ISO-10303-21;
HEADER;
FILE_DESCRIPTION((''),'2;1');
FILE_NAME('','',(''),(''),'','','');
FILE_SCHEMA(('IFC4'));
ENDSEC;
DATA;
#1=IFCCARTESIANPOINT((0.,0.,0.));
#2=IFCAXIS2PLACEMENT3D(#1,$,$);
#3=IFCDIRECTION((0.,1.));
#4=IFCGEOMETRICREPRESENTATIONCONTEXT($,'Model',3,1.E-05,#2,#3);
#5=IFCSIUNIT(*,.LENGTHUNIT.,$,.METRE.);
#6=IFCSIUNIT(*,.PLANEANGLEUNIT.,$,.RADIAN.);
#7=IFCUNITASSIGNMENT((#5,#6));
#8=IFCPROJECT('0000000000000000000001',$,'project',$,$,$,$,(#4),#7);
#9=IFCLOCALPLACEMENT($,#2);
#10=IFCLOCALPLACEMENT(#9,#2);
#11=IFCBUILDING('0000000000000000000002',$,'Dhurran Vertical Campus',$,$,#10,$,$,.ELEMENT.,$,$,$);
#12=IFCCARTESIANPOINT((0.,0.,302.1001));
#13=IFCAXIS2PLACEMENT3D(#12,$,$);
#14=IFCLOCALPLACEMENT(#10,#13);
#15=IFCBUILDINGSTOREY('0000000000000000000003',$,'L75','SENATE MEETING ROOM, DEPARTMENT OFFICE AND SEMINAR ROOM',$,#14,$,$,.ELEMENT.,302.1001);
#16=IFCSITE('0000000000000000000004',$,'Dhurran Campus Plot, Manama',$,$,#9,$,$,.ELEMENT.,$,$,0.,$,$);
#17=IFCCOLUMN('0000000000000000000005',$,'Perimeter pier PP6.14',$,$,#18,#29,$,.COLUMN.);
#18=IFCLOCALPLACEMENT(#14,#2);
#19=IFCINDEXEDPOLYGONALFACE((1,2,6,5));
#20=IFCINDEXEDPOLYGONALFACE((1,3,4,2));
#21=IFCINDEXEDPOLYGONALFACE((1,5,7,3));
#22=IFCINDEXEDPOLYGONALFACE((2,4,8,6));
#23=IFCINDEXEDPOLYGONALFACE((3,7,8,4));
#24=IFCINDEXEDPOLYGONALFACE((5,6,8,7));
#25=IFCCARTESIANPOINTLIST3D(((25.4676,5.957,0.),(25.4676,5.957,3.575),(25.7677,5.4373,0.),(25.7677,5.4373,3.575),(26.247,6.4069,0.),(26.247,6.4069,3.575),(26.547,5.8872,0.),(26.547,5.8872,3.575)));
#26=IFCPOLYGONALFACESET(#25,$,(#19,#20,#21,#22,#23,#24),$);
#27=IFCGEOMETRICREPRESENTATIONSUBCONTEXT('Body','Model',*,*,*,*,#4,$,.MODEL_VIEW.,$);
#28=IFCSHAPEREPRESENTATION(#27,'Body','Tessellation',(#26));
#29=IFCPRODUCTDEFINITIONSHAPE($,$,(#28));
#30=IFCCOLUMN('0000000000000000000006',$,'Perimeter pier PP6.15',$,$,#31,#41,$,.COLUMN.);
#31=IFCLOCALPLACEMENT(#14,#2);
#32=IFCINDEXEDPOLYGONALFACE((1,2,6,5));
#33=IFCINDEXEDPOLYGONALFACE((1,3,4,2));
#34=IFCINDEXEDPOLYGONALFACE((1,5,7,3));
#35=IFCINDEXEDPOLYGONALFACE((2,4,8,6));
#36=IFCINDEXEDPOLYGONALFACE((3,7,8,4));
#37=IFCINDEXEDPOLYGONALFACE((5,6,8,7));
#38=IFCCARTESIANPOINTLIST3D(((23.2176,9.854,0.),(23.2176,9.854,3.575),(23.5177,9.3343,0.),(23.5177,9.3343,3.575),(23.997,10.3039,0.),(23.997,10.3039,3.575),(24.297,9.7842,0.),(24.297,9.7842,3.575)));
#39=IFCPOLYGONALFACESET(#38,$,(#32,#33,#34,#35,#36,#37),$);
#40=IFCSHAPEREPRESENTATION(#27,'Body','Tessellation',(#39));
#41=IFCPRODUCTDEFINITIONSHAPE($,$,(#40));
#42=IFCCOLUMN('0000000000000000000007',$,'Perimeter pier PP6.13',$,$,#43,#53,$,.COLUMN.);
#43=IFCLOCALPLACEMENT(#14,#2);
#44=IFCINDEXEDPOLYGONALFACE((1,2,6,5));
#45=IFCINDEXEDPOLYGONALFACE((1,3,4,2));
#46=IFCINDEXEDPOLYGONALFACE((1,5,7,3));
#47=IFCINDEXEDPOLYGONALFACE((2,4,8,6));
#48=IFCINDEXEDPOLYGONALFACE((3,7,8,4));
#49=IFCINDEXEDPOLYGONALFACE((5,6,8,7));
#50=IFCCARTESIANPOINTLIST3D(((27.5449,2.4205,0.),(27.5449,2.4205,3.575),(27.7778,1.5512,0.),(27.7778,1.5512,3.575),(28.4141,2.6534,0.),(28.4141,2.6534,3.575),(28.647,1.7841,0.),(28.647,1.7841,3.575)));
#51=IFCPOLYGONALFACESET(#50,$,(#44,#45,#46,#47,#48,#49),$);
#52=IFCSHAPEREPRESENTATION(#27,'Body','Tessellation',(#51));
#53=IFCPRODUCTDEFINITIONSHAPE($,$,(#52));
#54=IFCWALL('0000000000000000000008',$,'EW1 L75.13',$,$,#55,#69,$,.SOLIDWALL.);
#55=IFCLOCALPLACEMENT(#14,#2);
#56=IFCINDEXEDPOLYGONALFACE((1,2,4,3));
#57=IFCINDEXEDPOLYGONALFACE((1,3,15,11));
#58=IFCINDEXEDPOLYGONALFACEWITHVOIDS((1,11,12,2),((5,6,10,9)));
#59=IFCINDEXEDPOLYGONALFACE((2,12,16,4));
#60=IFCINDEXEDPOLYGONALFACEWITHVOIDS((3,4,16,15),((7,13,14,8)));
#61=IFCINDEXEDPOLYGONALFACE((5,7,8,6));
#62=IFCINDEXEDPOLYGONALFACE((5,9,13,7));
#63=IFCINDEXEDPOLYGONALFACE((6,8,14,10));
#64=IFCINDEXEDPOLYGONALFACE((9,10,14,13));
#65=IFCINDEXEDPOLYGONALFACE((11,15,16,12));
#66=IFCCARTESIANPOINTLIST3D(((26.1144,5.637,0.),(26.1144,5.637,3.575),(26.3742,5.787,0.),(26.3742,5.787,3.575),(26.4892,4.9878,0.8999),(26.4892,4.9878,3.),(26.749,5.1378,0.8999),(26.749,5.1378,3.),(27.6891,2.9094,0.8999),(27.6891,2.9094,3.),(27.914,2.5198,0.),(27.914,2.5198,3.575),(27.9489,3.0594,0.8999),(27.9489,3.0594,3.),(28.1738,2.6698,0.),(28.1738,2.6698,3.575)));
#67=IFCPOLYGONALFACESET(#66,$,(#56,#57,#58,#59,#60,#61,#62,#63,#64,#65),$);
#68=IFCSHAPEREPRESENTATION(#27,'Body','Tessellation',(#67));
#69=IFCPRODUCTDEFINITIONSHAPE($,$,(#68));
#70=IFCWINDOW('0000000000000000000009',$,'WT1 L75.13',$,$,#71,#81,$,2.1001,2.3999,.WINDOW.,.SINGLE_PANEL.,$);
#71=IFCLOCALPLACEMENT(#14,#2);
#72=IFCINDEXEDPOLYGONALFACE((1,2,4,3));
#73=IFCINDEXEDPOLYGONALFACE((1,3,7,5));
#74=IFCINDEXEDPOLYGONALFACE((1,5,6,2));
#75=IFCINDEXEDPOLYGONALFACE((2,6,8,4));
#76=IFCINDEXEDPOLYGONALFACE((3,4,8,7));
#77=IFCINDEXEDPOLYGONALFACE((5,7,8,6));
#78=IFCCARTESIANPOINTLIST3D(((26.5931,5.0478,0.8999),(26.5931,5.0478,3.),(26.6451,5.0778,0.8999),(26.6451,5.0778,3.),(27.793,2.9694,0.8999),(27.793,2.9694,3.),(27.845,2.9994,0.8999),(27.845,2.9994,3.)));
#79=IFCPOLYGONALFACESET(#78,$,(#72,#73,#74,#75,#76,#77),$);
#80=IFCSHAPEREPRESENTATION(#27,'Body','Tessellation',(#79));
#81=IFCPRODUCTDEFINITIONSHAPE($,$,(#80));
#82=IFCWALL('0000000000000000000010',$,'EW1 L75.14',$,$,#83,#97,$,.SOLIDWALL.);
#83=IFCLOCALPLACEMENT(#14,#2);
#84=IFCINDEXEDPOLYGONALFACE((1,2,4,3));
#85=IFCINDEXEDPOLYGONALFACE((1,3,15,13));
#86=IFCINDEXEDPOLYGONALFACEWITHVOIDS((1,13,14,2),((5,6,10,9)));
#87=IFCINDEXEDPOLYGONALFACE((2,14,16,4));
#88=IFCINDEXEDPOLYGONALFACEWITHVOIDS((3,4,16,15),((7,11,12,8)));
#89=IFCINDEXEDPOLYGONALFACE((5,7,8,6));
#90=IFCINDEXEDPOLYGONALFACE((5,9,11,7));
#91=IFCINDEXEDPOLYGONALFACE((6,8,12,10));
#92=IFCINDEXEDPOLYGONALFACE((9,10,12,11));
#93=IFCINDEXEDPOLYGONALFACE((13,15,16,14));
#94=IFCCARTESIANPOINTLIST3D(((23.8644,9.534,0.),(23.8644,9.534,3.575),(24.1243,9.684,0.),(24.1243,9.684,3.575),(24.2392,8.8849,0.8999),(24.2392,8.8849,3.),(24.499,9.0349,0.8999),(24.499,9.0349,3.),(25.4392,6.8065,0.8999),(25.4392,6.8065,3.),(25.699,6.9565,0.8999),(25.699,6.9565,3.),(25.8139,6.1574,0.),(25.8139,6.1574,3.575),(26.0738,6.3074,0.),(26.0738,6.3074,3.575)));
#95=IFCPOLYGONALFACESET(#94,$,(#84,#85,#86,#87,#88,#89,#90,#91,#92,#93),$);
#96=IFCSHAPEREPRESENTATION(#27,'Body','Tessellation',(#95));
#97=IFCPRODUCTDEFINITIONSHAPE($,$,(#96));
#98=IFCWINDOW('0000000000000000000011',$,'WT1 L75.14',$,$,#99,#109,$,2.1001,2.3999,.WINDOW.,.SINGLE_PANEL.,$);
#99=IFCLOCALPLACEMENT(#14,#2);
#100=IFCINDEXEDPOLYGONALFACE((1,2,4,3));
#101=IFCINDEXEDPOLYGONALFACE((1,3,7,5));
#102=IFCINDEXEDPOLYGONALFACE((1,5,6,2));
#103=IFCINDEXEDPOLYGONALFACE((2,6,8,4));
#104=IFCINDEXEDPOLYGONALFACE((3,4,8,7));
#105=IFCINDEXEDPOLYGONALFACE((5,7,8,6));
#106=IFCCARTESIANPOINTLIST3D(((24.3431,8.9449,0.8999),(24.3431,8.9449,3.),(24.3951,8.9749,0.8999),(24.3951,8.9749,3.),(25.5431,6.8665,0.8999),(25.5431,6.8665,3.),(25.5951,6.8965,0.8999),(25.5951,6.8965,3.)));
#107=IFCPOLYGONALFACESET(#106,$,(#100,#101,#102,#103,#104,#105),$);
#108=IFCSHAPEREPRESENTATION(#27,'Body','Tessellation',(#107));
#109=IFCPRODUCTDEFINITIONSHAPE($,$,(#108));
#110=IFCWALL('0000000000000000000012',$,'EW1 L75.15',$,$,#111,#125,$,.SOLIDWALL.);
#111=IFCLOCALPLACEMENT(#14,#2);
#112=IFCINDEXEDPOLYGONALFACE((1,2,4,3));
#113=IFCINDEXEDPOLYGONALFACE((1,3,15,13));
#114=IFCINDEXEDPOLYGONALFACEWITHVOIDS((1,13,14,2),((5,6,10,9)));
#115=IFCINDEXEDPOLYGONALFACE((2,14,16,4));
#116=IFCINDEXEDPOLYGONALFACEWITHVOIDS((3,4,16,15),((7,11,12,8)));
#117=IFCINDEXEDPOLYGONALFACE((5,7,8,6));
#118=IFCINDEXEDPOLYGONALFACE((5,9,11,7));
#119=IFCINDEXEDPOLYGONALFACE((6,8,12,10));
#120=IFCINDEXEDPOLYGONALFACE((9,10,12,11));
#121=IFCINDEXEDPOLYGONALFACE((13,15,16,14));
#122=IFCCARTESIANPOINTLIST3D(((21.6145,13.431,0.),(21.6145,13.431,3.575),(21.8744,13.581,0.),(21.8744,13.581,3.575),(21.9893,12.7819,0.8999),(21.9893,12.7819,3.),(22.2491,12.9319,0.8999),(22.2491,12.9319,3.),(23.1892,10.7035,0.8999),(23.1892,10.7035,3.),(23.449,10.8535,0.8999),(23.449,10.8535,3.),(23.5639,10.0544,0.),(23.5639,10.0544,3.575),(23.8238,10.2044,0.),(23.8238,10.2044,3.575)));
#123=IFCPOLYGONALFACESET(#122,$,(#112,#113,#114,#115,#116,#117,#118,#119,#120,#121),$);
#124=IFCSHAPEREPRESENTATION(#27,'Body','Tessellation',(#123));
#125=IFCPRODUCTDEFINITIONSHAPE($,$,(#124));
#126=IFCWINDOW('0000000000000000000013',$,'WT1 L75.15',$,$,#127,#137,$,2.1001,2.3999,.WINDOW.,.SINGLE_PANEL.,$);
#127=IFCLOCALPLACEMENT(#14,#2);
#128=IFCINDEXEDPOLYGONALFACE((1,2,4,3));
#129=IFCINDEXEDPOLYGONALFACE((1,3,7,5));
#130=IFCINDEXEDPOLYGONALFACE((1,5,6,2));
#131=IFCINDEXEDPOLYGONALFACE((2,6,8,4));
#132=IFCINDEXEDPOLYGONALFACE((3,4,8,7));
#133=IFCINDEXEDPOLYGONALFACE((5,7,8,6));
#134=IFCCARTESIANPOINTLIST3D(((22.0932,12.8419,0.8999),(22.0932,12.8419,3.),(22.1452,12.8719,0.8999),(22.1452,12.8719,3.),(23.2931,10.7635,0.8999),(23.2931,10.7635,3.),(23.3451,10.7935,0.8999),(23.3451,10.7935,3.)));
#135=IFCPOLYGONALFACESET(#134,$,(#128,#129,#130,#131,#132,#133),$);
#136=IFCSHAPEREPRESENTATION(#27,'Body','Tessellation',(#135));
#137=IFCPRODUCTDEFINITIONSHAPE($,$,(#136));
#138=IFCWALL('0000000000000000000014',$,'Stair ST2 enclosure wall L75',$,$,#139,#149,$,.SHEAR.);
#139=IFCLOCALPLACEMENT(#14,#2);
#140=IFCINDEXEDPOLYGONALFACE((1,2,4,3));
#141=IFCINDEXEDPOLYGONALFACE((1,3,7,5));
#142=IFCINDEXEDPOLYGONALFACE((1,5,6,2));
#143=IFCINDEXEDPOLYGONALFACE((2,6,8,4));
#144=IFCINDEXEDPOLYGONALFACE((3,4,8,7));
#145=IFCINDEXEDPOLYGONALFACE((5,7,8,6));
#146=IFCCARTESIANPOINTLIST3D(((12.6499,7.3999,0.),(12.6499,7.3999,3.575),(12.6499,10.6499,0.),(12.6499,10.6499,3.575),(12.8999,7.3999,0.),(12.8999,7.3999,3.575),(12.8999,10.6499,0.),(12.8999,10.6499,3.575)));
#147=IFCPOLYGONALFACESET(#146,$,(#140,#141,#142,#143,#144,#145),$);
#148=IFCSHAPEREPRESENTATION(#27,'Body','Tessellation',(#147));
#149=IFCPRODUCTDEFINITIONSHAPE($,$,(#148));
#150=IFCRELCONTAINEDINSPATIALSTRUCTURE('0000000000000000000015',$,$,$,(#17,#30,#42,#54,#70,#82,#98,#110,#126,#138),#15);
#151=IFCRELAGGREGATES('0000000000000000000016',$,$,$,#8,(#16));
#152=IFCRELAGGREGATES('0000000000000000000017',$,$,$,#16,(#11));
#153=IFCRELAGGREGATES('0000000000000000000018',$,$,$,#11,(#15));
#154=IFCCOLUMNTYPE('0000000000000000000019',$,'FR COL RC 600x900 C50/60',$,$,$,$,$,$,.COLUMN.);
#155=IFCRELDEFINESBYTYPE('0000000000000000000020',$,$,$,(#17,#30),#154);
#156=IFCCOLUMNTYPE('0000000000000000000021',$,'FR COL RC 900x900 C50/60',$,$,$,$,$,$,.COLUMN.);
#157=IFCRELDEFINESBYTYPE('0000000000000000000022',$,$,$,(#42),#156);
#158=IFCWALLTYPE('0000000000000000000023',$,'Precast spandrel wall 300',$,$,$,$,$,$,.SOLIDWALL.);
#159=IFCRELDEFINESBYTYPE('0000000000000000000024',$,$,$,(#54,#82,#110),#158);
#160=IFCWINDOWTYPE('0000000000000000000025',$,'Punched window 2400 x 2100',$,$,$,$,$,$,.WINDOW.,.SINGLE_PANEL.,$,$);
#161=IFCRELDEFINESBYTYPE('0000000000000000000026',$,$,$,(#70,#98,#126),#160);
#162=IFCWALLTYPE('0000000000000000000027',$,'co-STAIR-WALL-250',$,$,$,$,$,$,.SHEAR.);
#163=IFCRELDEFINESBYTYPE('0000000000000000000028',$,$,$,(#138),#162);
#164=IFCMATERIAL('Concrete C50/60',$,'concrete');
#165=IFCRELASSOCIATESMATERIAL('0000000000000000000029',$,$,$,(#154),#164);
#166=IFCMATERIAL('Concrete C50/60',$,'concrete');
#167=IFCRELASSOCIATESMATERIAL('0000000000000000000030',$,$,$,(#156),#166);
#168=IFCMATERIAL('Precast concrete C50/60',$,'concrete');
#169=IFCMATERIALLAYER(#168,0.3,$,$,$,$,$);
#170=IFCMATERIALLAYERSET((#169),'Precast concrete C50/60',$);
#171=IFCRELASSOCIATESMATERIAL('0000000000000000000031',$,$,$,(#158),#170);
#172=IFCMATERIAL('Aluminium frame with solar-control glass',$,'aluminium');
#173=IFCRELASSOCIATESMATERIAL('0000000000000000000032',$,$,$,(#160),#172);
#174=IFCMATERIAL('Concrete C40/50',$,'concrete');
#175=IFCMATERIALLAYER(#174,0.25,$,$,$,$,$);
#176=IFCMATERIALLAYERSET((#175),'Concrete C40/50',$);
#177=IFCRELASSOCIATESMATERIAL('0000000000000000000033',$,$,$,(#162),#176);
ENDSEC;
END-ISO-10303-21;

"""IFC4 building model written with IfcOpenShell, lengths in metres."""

from ifc_helpers import new_model, si_unit, direction, frame, frame_2d, origin, origin_2d, place, context, subcontext, project, spatial, rectangle, extrude, material, layer, layer_set, material_profile, profile_set, type_object, element, fill, save


model = new_model("IFC4")

# Units and contexts
model_context = context("Model", 3, precision=1e-05, world=origin(), true_north=direction((0.0, 1.0)))
body_context = subcontext(model_context, "Body", "Model", "MODEL_VIEW")
ifc_project = project(units=[si_unit("LENGTHUNIT", "METRE"), si_unit("PLANEANGLEUNIT", "RADIAN")], contexts=[model_context])

# Site, building, storey
site_placement = place(None, origin())
site = spatial("IfcSite", under=ifc_project, at=site_placement, Name="Dhurran Campus Plot, Manama", CompositionType="ELEMENT", RefElevation=0.0)
building_placement = place(site_placement, origin())
building = spatial("IfcBuilding", under=site, at=building_placement, Name="Dhurran Vertical Campus", CompositionType="ELEMENT")
storey_placement = place(building_placement, frame((0.0, 0.0, 302.1001)))
storey = spatial("IfcBuildingStorey", under=building, at=storey_placement, Name="L75", Description="SENATE MEETING ROOM, DEPARTMENT OFFICE AND SEMINAR ROOM", CompositionType="ELEMENT", Elevation=302.1001)

# Columns
ifc_material_1 = material(Name="Concrete C50/60", Category="concrete")
ifc_material_profile_1 = material_profile(ifc_material_1, rectangle(XDim=0.6001, YDim=0.8999, at=origin_2d()), Name="RC 600x900")
ifc_profile_set_1 = profile_set([ifc_material_profile_1], Name="Concrete C50/60")
column_type_1 = type_object("IfcColumnType", Name="FR COL RC 600x900 C50/60", PredefinedType="COLUMN", material=ifc_profile_set_1)
for number, where, z_axis, x_axis, name in (
    (1, (26.0073, 5.9221, 0.0), (0.0, 0.0, 1.0), (-0.5, 0.866025, 0.0), "Perimeter pier PP6.14"),
    (2, (23.7573, 9.8191, 0.0), (0.0, 0.0, 1.0), (-0.5, 0.866025, 0.0), "Perimeter pier PP6.15"),
):
    element("IfcColumn", number, at=place(storey_placement, frame(where, z_axis=z_axis, x_axis=x_axis)), inside=storey, type_object=column_type_1, Name=name, PredefinedType="COLUMN", context=body_context, shape_type="SweptSolid", body=[
        extrude(rectangle(XDim=0.6001, YDim=0.8999, at=origin_2d()), origin(), (0.0, 0.0, 1.0), 3.575),
    ])
ifc_material_2 = material(Name="Concrete C50/60", Category="concrete")
ifc_material_profile_2 = material_profile(ifc_material_2, rectangle(XDim=0.8999, YDim=0.8999, at=origin_2d()), Name="RC 900x900")
ifc_profile_set_2 = profile_set([ifc_material_profile_2], Name="Concrete C50/60")
column_type_2 = type_object("IfcColumnType", Name="FR COL RC 900x900 C50/60", PredefinedType="COLUMN", material=ifc_profile_set_2)
column_placement = place(storey_placement, frame((28.0959, 2.1023, 0.0), z_axis=(0.0, 0.0, 1.0), x_axis=(-0.258819, 0.965926, 0.0)))
element("IfcColumn", 3, at=column_placement, inside=storey, type_object=column_type_2, Name="Perimeter pier PP6.13", PredefinedType="COLUMN", context=body_context, shape_type="SweptSolid", body=[
    extrude(rectangle(XDim=0.8999, YDim=0.8999, at=origin_2d()), origin(), (0.0, 0.0, 1.0), 3.575),
])

# Walls, openings, windows
ifc_material_3 = material(Name="Precast concrete C50/60", Category="concrete")
ifc_layer_1 = layer(ifc_material_3, 0.3)
ifc_layer_set_1 = layer_set([ifc_layer_1], Name="Precast concrete C50/60")
wall_type_1 = type_object("IfcWallType", Name="Precast spandrel wall 300", PredefinedType="SOLIDWALL", material=ifc_layer_set_1)
wall_1_placement = place(storey_placement, frame((28.0439, 2.5947, 0.0), z_axis=(0.0, 0.0, 1.0), x_axis=(-0.499969, 0.866043, 0.0)))
wall_1 = element("IfcWall", 4, at=wall_1_placement, inside=storey, type_object=wall_type_1, Name="EW1 L75.13", PredefinedType="SOLIDWALL", context=body_context, shape_type="SweptSolid", body=[
    extrude(rectangle(XDim=3.5994, YDim=0.3, at=frame_2d((1.7998, 0.0))), origin(), (0.0, 0.0, 1.0), 3.575),
])
opening_1_placement = place(wall_1_placement, frame((0.45, 0.0, 0.8999)))
opening_1 = element("IfcOpeningElement", 5, at=opening_1_placement, cuts=wall_1, PredefinedType="OPENING", context=body_context, shape_type="SweptSolid", body=[
    extrude(rectangle(XDim=2.3999, YDim=2.1001, at=frame_2d((1.2, 1.05))), frame((0.0, 0.1599, 0.0), z_axis=(0.0, -1.0, 0.0), x_axis=(1.0, 0.0, 0.0)), (0.0, 0.0, 1.0), 0.3201),
])
ifc_material_4 = material(Name="Aluminium frame with solar-control glass", Category="aluminium")
window_type = type_object("IfcWindowType", Name="Punched window 2400 x 2100", PartitioningType="SINGLE_PANEL", PredefinedType="WINDOW", material=ifc_material_4)
window_1_placement = place(opening_1_placement, origin())
window_1 = element("IfcWindow", 6, at=window_1_placement, inside=storey, type_object=window_type, Name="WT1 L75.13", OverallHeight=2.1001, OverallWidth=2.3999, PartitioningType="SINGLE_PANEL", PredefinedType="WINDOW", context=body_context, shape_type="SweptSolid", body=[
    extrude(rectangle(XDim=2.3999, YDim=2.1001, at=frame_2d((1.2, 1.05))), frame((0.0, 0.03, 0.0), z_axis=(0.0, -1.0, 0.0), x_axis=(1.0, 0.0, 0.0)), (0.0, 0.0, 1.0), 0.0601),
])
fill(opening_1, window_1)
wall_2_placement = place(storey_placement, frame((25.9438, 6.2324, 0.0), z_axis=(0.0, 0.0, 1.0), x_axis=(-0.500012, 0.866019, 0.0)))
wall_2 = element("IfcWall", 7, at=wall_2_placement, inside=storey, type_object=wall_type_1, Name="EW1 L75.14", PredefinedType="SOLIDWALL", context=body_context, shape_type="SweptSolid", body=[
    extrude(rectangle(XDim=3.8989, YDim=0.3, at=frame_2d((1.9495, 0.0))), origin(), (0.0, 0.0, 1.0), 3.575),
])
opening_2_placement = place(wall_2_placement, frame((0.7495, 0.0, 0.8999)))
opening_2 = element("IfcOpeningElement", 8, at=opening_2_placement, cuts=wall_2, PredefinedType="OPENING", context=body_context, shape_type="SweptSolid", body=[
    extrude(rectangle(XDim=2.3999, YDim=2.1001, at=frame_2d((1.2, 1.05))), frame((0.0, 0.1599, 0.0), z_axis=(0.0, -1.0, 0.0), x_axis=(1.0, 0.0, 0.0)), (0.0, 0.0, 1.0), 0.3201),
])
window_2_placement = place(opening_2_placement, origin())
window_2 = element("IfcWindow", 9, at=window_2_placement, inside=storey, type_object=window_type, Name="WT1 L75.14", OverallHeight=2.1001, OverallWidth=2.3999, PartitioningType="SINGLE_PANEL", PredefinedType="WINDOW", context=body_context, shape_type="SweptSolid", body=[
    extrude(rectangle(XDim=2.3999, YDim=2.1001, at=frame_2d((1.2, 1.05))), frame((0.0, 0.03, 0.0), z_axis=(0.0, -1.0, 0.0), x_axis=(1.0, 0.0, 0.0)), (0.0, 0.0, 1.0), 0.0601),
])
fill(opening_2, window_2)
wall_3_placement = place(storey_placement, frame((23.6938, 10.1294, 0.0), z_axis=(0.0, 0.0, 1.0), x_axis=(-0.499984, 0.866034, 0.0)))
wall_3 = element("IfcWall", 10, at=wall_3_placement, inside=storey, type_object=wall_type_1, Name="EW1 L75.15", PredefinedType="SOLIDWALL", context=body_context, shape_type="SweptSolid", body=[
    extrude(rectangle(XDim=3.8989, YDim=0.3, at=frame_2d((1.9495, 0.0))), origin(), (0.0, 0.0, 1.0), 3.575),
])
opening_3_placement = place(wall_3_placement, frame((0.7495, 0.0, 0.8999)))
opening_3 = element("IfcOpeningElement", 11, at=opening_3_placement, cuts=wall_3, PredefinedType="OPENING", context=body_context, shape_type="SweptSolid", body=[
    extrude(rectangle(XDim=2.3999, YDim=2.1001, at=frame_2d((1.2, 1.05))), frame((0.0, 0.1599, 0.0), z_axis=(0.0, -1.0, 0.0), x_axis=(1.0, 0.0, 0.0)), (0.0, 0.0, 1.0), 0.3201),
])
window_3_placement = place(opening_3_placement, origin())
window_3 = element("IfcWindow", 12, at=window_3_placement, inside=storey, type_object=window_type, Name="WT1 L75.15", OverallHeight=2.1001, OverallWidth=2.3999, PartitioningType="SINGLE_PANEL", PredefinedType="WINDOW", context=body_context, shape_type="SweptSolid", body=[
    extrude(rectangle(XDim=2.3999, YDim=2.1001, at=frame_2d((1.2, 1.05))), frame((0.0, 0.03, 0.0), z_axis=(0.0, -1.0, 0.0), x_axis=(1.0, 0.0, 0.0)), (0.0, 0.0, 1.0), 0.0601),
])
fill(opening_3, window_3)

# Wall
ifc_material_5 = material(Name="Concrete C40/50", Category="concrete")
ifc_layer_2 = layer(ifc_material_5, 0.25)
ifc_layer_set_2 = layer_set([ifc_layer_2], Name="Concrete C40/50")
wall_type_2 = type_object("IfcWallType", Name="co-STAIR-WALL-250", PredefinedType="SHEAR", material=ifc_layer_set_2)
wall_4_placement = place(storey_placement, frame((12.7749, 7.3999, 0.0), z_axis=(0.0, 0.0, 1.0), x_axis=(0.0, 1.0, 0.0)))
element("IfcWall", 13, at=wall_4_placement, inside=storey, type_object=wall_type_2, Name="Stair ST2 enclosure wall L75", PredefinedType="SHEAR", context=body_context, shape_type="SweptSolid", body=[
    extrude(rectangle(XDim=3.25, YDim=0.25, at=frame_2d((1.625, 0.0))), origin(), (0.0, 0.0, 1.0), 3.575),
])

save(model, "model.ifc")
